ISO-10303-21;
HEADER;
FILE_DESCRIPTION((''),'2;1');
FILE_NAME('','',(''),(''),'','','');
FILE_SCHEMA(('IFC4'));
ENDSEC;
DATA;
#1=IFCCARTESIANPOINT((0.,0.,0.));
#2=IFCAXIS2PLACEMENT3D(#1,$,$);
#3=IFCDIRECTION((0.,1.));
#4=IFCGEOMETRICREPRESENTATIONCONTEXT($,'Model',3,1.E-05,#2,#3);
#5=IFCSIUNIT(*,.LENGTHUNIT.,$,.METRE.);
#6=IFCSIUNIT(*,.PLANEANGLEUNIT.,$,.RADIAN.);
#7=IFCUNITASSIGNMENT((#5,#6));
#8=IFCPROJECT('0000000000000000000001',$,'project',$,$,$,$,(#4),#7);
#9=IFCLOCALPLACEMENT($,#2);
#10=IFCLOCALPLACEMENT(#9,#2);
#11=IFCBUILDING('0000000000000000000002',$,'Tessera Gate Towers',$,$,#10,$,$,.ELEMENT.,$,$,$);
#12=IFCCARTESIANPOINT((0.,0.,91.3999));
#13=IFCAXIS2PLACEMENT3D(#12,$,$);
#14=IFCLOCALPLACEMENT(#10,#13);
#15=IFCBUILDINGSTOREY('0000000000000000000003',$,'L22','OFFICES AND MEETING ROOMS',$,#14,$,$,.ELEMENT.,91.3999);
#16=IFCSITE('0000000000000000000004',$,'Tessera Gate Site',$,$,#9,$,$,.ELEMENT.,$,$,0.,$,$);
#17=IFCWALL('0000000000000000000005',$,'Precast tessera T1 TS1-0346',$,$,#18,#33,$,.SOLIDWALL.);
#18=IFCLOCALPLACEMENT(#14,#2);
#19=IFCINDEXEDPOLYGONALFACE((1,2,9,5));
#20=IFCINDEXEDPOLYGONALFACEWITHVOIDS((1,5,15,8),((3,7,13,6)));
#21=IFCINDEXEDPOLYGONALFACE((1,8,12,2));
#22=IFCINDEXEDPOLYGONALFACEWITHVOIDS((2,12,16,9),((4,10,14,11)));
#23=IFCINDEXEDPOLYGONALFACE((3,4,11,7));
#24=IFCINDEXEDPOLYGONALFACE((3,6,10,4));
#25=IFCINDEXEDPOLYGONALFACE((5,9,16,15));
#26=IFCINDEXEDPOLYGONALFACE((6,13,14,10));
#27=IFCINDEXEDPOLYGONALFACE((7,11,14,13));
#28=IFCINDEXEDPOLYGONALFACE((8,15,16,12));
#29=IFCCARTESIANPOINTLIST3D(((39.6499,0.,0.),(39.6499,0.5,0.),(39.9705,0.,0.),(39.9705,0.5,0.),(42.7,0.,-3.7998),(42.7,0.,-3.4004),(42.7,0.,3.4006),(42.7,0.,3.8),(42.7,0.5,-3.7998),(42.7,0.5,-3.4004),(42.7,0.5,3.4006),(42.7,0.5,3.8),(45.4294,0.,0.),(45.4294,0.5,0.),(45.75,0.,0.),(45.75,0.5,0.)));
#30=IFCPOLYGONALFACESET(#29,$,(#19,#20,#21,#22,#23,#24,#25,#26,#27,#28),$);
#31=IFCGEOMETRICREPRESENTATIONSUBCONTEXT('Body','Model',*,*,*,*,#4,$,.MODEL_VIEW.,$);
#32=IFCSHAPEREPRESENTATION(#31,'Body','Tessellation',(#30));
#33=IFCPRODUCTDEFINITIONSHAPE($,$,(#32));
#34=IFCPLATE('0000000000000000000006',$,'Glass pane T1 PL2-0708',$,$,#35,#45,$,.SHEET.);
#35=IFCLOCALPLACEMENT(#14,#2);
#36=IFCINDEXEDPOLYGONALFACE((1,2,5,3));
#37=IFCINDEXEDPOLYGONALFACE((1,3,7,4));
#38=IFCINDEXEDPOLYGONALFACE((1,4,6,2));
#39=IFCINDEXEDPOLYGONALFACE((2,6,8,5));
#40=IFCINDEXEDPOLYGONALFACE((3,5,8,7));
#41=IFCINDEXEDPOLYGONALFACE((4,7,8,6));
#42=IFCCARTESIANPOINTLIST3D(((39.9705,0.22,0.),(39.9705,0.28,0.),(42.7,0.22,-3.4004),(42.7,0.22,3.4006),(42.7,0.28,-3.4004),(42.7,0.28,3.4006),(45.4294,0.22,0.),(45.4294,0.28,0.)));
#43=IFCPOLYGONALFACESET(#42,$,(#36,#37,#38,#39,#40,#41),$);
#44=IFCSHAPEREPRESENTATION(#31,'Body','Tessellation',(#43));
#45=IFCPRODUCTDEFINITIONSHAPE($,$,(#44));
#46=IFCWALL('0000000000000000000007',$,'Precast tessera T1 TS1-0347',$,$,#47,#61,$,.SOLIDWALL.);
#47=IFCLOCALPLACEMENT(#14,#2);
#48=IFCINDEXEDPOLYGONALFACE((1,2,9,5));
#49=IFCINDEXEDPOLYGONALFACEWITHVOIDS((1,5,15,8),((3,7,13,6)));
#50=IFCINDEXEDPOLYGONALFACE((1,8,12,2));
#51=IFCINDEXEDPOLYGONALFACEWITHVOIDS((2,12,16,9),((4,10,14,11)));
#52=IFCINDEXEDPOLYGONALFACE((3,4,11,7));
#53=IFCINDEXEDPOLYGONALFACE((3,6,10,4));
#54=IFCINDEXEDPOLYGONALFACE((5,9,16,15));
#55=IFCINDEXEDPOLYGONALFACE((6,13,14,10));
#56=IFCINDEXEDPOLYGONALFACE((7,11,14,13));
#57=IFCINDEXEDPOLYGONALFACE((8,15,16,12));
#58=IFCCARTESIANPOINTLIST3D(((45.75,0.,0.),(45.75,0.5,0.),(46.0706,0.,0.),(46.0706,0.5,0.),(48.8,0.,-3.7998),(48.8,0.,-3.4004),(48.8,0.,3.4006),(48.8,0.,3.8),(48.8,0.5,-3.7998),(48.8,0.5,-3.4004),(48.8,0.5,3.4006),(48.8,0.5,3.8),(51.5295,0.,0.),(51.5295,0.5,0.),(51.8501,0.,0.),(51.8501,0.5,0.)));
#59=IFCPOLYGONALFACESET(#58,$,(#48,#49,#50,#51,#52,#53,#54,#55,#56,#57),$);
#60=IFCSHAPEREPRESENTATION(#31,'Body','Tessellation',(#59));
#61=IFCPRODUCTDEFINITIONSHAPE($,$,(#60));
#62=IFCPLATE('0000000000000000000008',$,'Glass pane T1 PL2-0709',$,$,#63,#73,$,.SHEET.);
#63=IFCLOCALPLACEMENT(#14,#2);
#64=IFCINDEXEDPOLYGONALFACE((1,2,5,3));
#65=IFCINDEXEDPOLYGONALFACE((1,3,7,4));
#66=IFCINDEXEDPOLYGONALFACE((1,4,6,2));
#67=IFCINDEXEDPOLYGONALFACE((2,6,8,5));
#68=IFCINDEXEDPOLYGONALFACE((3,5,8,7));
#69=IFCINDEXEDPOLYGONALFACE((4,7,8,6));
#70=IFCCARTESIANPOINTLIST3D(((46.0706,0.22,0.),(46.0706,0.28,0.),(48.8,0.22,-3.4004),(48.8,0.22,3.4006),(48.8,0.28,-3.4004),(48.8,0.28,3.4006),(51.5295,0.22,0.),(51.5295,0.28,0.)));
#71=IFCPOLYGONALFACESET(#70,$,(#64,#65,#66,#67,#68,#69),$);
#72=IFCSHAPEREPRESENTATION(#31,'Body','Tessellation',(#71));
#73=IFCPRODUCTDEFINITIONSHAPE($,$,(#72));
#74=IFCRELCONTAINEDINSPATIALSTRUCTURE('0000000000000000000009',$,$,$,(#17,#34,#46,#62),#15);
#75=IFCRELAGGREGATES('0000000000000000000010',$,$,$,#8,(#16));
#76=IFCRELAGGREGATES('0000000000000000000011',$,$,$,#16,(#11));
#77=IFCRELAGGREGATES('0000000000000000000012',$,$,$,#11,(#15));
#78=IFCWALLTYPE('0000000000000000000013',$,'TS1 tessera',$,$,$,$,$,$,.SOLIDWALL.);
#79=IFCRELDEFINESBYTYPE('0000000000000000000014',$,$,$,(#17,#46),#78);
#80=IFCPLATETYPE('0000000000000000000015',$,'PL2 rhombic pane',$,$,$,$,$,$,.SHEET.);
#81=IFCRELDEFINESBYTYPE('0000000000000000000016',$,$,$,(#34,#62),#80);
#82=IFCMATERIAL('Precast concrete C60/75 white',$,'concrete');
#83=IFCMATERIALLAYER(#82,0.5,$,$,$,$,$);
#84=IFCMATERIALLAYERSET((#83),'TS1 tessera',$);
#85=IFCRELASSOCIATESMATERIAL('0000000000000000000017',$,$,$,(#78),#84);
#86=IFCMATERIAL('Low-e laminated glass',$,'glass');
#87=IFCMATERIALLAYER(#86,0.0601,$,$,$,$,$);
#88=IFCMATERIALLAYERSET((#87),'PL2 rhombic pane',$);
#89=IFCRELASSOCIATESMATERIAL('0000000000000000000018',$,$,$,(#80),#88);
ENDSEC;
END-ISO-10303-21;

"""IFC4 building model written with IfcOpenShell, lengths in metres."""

from ifc_helpers import new_model, si_unit, direction, frame, origin, place, context, subcontext, project, spatial, polyline, outline, extrude, source, transform, mapped, material, layer, layer_set, type_object, element, fill, save


model = new_model("IFC4")

# Units and contexts
model_context = context("Model", 3, precision=1e-05, world=origin(), true_north=direction((0.0, 1.0)))
body_context = subcontext(model_context, "Body", "Model", "MODEL_VIEW")
ifc_project = project(units=[si_unit("LENGTHUNIT", "METRE"), si_unit("PLANEANGLEUNIT", "RADIAN")], contexts=[model_context])

# Site, building, storey
site_placement = place(None, origin())
site = spatial("IfcSite", under=ifc_project, at=site_placement, Name="Tessera Gate Site", CompositionType="ELEMENT", RefElevation=0.0)
building_placement = place(site_placement, origin())
building = spatial("IfcBuilding", under=site, at=building_placement, Name="Tessera Gate Towers", CompositionType="ELEMENT")
storey_placement = place(building_placement, frame((0.0, 0.0, 91.3999)))
storey = spatial("IfcBuildingStorey", under=building, at=storey_placement, Name="L22", Description="OFFICES AND MEETING ROOMS", CompositionType="ELEMENT", Elevation=91.3999)

# Walls, openings, plates
ifc_material_1 = material(Name="Precast concrete C60/75 white", Category="concrete")
ifc_layer_1 = layer(ifc_material_1, 0.5)
ifc_layer_set_1 = layer_set([ifc_layer_1], Name="TS1 tessera")
wall_type_1 = type_object("IfcWallType", Name="TS1 tessera", PredefinedType="SOLIDWALL", material=ifc_layer_set_1)
shared_shape_1 = source(origin(), body_context, "Body", "SweptSolid", [
    extrude(outline(polyline([(3.05, 0.0), (6.1001, 3.7998), (3.05, 7.5999), (0.0, 3.7998), (3.05, 0.0)])), frame((0.0, 0.25, 0.0), z_axis=(0.0, -1.0, 0.0), x_axis=(1.0, 0.0, 0.0)), (0.0, 0.0, 1.0), 0.5),
])
wall_1_placement = place(storey_placement, frame((39.6499, 0.25, -3.7998), z_axis=(0.0, 0.0, 1.0), x_axis=(1.0, 0.0, 0.0)))
wall_1 = element("IfcWall", 1, at=wall_1_placement, inside=storey, type_object=wall_type_1, Name="Precast tessera T1 TS1-0346", PredefinedType="SOLIDWALL", context=body_context, shape_type="MappedRepresentation", body=[
    mapped(shared_shape_1, transform((0.0, 0.0, 0.0), scale=1.0)),
])
shared_shape_2 = source(origin(), body_context, "Body", "SweptSolid", [
    extrude(outline(polyline([(3.05, 0.3994), (5.7795, 3.7998), (3.05, 7.2004), (0.3206, 3.7998), (3.05, 0.3994)])), frame((0.0, 0.26, 0.0), z_axis=(0.0, -1.0, 0.0), x_axis=(1.0, 0.0, 0.0)), (0.0, 0.0, 1.0), 0.52),
])
opening_1_placement = place(wall_1_placement, origin())
opening_1 = element("IfcOpeningElement", 2, at=opening_1_placement, cuts=wall_1, PredefinedType="OPENING", context=body_context, shape_type="MappedRepresentation", body=[
    mapped(shared_shape_2, transform((0.0, 0.0, 0.0), scale=1.0)),
])
ifc_material_2 = material(Name="Low-e laminated glass", Category="glass")
ifc_layer_2 = layer(ifc_material_2, 0.0601)
ifc_layer_set_2 = layer_set([ifc_layer_2], Name="PL2 rhombic pane")
plate_type = type_object("IfcPlateType", Name="PL2 rhombic pane", PredefinedType="SHEET", material=ifc_layer_set_2)
shared_shape_3 = source(origin(), body_context, "Body", "SweptSolid", [
    extrude(outline(polyline([(3.05, 0.3994), (5.7795, 3.7998), (3.05, 7.2004), (0.3206, 3.7998), (3.05, 0.3994)])), frame((0.0, 0.03, 0.0), z_axis=(0.0, -1.0, 0.0), x_axis=(1.0, 0.0, 0.0)), (0.0, 0.0, 1.0), 0.0601),
])
plate_1_placement = place(opening_1_placement, origin())
plate_1 = element("IfcPlate", 3, at=plate_1_placement, inside=storey, type_object=plate_type, Name="Glass pane T1 PL2-0708", PredefinedType="SHEET", context=body_context, shape_type="MappedRepresentation", body=[
    mapped(shared_shape_3, transform((0.0, 0.0, 0.0), scale=1.0)),
])
fill(opening_1, plate_1)
wall_2_placement = place(storey_placement, frame((45.75, 0.25, -3.7998), z_axis=(0.0, 0.0, 1.0), x_axis=(1.0, 0.0, 0.0)))
wall_2 = element("IfcWall", 4, at=wall_2_placement, inside=storey, type_object=wall_type_1, Name="Precast tessera T1 TS1-0347", PredefinedType="SOLIDWALL", context=body_context, shape_type="MappedRepresentation", body=[
    mapped(shared_shape_1, transform((0.0, 0.0, 0.0), scale=1.0)),
])
opening_2_placement = place(wall_2_placement, origin())
opening_2 = element("IfcOpeningElement", 5, at=opening_2_placement, cuts=wall_2, PredefinedType="OPENING", context=body_context, shape_type="MappedRepresentation", body=[
    mapped(shared_shape_2, transform((0.0, 0.0, 0.0), scale=1.0)),
])
plate_2_placement = place(opening_2_placement, origin())
plate_2 = element("IfcPlate", 6, at=plate_2_placement, inside=storey, type_object=plate_type, Name="Glass pane T1 PL2-0709", PredefinedType="SHEET", context=body_context, shape_type="MappedRepresentation", body=[
    mapped(shared_shape_3, transform((0.0, 0.0, 0.0), scale=1.0)),
])
fill(opening_2, plate_2)

save(model, "model.ifc")
